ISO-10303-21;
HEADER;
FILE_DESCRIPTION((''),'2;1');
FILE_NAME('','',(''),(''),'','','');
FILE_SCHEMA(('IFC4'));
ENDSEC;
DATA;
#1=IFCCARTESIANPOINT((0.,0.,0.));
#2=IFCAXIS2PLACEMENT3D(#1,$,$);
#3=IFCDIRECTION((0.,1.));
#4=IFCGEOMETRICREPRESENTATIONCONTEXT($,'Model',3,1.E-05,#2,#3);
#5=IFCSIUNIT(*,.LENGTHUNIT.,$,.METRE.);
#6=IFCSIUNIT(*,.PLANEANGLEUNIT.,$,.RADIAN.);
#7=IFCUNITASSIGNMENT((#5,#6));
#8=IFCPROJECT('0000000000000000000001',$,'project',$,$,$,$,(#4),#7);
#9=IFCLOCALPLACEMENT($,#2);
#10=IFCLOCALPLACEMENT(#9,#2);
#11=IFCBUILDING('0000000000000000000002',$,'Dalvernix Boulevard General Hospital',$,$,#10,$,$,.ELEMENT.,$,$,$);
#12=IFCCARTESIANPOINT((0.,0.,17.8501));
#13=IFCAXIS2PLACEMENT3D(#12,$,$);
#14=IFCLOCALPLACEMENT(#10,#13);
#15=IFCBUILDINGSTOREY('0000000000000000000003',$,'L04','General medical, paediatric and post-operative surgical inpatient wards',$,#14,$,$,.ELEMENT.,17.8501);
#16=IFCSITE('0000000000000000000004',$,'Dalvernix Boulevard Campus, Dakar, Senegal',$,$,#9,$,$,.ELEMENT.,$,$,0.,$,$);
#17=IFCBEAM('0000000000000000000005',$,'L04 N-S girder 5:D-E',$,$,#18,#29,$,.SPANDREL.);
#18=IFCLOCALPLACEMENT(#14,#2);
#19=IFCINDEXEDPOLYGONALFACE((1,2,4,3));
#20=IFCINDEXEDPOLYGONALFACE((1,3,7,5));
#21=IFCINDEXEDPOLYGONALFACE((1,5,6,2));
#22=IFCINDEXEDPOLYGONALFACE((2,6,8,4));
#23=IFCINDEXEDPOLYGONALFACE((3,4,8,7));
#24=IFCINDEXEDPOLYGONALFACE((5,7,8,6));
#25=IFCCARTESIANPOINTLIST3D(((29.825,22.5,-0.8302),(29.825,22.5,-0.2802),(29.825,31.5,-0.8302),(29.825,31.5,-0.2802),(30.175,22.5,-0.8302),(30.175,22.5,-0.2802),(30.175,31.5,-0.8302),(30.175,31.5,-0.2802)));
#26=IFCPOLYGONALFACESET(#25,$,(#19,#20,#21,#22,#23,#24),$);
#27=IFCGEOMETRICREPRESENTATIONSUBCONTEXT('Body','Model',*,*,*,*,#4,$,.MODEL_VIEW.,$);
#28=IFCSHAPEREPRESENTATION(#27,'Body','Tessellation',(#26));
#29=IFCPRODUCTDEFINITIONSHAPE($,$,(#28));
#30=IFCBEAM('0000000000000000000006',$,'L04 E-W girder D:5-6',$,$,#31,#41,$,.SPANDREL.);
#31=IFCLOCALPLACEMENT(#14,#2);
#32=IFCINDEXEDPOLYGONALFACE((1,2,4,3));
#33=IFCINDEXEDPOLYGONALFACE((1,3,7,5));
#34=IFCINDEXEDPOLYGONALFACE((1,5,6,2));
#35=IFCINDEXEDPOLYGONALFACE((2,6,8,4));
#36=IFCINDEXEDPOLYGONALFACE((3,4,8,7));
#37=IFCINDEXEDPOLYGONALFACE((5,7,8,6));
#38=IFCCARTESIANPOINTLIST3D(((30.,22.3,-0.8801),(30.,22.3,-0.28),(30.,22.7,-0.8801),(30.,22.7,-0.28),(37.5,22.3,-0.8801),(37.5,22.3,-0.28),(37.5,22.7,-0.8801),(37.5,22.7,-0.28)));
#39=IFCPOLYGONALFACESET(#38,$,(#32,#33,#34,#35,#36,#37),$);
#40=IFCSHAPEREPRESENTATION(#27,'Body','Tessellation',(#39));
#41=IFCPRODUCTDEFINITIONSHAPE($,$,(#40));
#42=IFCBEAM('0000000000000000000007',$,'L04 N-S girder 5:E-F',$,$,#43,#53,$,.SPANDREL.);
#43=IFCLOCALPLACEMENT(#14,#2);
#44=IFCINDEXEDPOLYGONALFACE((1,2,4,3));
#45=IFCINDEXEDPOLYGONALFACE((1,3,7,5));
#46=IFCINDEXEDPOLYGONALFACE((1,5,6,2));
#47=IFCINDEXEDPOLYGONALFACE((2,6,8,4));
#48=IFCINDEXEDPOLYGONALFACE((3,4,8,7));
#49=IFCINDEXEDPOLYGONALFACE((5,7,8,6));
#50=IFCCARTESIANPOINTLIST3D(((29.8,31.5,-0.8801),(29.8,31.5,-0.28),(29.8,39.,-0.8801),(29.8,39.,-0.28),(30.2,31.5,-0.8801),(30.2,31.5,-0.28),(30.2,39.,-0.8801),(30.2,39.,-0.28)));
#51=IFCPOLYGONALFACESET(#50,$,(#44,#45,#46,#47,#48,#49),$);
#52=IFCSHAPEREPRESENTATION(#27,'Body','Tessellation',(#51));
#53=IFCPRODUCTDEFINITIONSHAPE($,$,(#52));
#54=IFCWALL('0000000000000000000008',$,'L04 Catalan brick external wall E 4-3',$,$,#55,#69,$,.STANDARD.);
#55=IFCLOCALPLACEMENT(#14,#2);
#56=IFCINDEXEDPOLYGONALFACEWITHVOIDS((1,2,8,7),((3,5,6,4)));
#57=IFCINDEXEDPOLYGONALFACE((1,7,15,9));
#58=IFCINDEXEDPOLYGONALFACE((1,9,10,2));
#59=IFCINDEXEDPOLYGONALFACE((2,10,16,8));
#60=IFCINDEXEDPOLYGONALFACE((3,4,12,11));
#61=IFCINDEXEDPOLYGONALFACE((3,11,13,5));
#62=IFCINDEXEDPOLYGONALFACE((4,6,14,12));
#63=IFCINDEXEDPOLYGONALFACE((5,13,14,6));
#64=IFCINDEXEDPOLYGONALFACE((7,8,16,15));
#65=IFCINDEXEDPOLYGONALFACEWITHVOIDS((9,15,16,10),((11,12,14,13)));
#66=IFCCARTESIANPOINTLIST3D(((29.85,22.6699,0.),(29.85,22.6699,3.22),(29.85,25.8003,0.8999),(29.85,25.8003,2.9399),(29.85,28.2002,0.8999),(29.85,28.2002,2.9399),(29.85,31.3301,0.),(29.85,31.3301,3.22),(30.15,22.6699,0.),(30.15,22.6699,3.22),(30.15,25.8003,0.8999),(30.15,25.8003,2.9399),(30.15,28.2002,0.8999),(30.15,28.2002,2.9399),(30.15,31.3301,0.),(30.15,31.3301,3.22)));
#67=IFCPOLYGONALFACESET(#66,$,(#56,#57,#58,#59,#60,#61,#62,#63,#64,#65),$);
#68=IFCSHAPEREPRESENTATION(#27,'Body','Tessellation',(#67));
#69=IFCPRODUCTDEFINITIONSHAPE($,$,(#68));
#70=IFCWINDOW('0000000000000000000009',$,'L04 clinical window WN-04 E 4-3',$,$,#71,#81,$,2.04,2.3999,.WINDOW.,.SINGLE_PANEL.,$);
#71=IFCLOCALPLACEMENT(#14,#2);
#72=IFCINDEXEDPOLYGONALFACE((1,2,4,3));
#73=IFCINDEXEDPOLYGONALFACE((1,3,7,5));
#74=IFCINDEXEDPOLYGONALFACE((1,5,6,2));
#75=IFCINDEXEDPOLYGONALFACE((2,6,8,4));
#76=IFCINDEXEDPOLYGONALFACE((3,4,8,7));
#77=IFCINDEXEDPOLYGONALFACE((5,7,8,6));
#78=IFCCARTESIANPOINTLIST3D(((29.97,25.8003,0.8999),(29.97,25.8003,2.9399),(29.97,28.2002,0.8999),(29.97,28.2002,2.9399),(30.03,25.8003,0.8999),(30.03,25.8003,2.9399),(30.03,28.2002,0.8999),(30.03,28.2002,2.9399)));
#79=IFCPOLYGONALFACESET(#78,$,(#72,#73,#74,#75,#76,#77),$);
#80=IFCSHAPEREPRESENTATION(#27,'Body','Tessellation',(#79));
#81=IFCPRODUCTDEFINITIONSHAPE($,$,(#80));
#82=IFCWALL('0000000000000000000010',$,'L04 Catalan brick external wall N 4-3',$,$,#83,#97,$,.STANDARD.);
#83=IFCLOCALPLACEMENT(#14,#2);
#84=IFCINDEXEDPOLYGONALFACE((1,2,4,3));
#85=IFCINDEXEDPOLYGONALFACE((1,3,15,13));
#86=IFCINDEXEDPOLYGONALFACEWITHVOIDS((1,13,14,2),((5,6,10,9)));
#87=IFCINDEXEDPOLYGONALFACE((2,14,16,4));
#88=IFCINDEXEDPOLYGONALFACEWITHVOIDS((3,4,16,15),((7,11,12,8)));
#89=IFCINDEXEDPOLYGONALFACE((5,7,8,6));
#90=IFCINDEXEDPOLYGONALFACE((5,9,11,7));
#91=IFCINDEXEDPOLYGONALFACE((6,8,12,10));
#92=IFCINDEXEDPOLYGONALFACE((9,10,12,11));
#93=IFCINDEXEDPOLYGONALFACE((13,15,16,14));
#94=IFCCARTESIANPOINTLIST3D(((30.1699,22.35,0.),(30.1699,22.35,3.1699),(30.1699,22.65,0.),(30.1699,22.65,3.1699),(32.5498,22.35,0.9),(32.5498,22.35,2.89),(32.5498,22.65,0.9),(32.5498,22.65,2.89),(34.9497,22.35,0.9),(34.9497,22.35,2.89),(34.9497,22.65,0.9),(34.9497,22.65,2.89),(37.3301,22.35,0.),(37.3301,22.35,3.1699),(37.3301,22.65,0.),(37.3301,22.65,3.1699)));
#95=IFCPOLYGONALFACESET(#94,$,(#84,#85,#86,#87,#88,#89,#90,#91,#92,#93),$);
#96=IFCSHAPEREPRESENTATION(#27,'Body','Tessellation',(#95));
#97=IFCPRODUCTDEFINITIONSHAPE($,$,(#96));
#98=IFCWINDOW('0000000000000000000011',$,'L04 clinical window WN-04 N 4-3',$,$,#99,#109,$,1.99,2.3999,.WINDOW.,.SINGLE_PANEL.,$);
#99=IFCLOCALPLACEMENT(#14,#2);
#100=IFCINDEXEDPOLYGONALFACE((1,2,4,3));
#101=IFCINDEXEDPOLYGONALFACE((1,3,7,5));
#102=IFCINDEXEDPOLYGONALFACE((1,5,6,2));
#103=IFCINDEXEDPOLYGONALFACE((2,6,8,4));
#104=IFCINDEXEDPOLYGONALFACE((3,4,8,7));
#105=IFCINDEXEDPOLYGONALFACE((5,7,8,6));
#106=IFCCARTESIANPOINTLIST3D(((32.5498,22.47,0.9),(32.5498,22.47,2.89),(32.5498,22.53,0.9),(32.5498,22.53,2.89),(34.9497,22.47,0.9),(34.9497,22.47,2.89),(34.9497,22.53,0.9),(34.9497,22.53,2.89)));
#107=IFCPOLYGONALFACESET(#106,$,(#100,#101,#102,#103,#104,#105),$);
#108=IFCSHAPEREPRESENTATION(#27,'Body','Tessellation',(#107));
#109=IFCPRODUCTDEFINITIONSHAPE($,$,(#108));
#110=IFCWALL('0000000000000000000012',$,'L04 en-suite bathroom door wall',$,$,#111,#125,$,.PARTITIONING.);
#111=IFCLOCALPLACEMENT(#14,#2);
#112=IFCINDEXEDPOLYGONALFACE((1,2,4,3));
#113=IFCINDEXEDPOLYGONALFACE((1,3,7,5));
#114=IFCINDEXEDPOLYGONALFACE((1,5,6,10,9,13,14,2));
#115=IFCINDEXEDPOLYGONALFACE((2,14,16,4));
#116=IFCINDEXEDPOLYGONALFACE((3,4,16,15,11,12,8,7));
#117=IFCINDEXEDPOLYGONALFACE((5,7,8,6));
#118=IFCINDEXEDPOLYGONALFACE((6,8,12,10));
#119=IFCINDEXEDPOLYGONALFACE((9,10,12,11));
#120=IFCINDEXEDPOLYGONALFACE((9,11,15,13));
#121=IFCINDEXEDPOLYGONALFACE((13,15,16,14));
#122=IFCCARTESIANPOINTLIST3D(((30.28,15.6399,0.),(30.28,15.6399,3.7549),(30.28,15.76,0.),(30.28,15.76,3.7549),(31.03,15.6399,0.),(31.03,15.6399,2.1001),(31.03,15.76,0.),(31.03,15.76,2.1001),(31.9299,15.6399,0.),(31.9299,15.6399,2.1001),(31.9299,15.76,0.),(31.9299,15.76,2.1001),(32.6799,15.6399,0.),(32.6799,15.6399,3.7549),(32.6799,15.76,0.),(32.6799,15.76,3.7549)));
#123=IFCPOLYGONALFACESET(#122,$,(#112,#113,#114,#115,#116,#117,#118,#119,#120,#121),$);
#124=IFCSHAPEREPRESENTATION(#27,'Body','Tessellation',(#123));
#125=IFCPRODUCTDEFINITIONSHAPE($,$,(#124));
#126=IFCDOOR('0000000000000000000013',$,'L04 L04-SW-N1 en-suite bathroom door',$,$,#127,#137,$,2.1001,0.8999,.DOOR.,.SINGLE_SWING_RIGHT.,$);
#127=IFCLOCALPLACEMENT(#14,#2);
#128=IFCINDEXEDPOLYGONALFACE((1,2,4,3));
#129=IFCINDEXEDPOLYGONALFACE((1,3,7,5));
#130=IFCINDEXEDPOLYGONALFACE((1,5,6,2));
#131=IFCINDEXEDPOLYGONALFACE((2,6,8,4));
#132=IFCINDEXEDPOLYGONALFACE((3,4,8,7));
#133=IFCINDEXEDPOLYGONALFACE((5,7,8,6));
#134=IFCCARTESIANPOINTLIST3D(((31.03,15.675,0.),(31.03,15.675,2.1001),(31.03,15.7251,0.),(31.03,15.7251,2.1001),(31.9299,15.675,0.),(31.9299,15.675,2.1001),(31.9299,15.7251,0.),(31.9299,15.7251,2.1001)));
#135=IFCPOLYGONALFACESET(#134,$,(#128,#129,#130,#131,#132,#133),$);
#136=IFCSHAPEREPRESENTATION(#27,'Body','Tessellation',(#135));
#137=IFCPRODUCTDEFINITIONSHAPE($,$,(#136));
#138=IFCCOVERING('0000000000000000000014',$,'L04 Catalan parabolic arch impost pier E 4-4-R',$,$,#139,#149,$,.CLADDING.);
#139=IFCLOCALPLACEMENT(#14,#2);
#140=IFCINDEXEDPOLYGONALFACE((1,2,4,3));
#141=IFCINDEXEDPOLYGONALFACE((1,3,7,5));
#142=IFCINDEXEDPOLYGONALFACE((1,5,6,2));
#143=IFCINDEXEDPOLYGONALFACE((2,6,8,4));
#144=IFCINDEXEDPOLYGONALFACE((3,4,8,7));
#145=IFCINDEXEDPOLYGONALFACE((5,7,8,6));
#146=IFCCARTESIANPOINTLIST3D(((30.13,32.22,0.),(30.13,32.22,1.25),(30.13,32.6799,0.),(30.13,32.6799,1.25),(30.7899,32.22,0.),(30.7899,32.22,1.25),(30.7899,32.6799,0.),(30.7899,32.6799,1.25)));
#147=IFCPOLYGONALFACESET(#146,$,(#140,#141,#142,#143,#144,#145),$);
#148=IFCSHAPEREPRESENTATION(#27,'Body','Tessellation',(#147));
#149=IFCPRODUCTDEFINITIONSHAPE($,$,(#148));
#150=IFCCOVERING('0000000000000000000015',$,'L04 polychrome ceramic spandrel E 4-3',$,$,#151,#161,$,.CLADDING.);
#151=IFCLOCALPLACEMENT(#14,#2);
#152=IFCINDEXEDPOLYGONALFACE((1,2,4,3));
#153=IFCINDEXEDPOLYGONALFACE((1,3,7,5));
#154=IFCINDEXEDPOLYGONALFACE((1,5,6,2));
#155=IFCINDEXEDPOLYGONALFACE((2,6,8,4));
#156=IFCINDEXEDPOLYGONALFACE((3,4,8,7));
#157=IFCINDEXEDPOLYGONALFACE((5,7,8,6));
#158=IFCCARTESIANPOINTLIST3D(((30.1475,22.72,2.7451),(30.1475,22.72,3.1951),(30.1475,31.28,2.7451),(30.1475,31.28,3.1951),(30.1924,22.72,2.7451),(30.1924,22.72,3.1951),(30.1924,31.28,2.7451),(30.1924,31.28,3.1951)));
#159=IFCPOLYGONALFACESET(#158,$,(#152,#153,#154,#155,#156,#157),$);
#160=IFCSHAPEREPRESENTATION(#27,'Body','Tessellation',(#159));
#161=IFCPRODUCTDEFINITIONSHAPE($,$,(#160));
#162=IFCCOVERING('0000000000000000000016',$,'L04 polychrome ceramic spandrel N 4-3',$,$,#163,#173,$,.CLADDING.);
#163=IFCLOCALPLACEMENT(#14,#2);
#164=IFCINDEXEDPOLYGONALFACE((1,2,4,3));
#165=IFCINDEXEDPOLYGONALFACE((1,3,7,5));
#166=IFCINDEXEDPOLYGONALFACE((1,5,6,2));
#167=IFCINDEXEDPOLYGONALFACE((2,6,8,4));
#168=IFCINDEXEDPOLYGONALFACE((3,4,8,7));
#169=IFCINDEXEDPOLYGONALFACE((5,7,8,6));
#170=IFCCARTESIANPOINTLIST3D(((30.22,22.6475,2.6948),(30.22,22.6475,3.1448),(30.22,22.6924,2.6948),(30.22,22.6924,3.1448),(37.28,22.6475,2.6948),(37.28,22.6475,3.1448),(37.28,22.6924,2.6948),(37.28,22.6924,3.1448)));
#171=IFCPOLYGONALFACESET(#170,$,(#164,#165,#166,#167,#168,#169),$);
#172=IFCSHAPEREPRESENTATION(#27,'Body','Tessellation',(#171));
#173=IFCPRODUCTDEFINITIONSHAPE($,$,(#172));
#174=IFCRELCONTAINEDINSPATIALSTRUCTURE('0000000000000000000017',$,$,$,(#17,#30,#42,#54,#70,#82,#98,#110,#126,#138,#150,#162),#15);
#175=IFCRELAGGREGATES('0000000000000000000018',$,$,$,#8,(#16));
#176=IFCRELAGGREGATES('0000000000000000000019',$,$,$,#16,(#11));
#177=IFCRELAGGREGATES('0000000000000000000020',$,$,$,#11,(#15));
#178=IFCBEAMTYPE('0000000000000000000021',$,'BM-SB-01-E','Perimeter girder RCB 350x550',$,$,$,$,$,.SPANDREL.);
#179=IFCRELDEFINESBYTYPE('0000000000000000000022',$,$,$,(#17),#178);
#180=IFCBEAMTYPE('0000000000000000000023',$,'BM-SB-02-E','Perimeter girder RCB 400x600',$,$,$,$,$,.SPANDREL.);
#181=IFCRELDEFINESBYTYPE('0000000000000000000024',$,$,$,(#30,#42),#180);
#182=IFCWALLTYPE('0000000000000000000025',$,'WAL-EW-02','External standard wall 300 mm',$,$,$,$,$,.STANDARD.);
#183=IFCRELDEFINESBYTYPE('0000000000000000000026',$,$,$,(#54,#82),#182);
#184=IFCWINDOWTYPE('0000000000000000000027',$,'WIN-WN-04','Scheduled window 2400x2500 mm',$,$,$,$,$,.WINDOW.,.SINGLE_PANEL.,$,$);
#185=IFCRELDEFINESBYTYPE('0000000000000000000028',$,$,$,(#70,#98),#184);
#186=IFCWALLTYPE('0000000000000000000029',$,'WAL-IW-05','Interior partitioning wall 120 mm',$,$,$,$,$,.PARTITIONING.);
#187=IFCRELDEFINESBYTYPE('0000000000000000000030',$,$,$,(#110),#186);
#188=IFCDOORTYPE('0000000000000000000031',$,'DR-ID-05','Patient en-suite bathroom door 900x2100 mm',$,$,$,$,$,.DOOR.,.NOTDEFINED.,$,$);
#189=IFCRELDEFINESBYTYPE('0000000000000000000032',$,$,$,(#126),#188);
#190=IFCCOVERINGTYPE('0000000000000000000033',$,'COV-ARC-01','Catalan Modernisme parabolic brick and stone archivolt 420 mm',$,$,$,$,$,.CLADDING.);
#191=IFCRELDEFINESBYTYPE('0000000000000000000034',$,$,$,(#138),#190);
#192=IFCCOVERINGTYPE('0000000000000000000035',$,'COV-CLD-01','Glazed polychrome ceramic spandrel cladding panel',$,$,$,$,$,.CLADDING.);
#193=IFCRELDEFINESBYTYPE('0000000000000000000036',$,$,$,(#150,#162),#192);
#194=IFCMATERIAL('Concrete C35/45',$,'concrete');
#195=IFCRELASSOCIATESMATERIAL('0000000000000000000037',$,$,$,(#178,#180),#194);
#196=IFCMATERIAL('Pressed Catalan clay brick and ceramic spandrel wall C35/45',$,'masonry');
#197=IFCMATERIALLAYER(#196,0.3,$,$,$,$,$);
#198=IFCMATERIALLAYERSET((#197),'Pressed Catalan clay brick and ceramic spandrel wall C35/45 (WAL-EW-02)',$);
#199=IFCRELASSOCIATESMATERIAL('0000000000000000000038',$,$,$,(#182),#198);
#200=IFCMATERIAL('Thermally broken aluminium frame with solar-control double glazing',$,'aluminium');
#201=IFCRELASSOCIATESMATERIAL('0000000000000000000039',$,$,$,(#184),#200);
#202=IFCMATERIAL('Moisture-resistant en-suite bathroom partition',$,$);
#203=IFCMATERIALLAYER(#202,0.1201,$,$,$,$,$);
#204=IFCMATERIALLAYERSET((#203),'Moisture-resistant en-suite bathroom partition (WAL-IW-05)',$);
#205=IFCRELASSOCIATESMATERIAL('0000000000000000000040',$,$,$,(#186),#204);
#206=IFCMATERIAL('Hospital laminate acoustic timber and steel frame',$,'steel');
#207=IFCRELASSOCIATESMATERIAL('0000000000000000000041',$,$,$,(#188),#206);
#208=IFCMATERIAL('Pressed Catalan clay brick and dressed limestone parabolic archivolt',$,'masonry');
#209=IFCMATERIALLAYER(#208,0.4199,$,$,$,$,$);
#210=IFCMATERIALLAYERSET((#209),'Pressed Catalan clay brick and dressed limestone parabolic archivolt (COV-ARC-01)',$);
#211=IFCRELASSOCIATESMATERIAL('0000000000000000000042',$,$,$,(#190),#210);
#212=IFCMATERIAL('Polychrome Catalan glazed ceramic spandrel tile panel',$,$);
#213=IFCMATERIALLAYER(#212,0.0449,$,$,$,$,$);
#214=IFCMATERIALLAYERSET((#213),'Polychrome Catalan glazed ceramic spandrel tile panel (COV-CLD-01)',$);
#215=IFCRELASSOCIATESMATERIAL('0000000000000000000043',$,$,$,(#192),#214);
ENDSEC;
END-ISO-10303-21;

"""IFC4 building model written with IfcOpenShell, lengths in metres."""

from ifc_helpers import new_model, si_unit, direction, frame, frame_2d, origin, origin_2d, place, context, subcontext, project, spatial, rectangle, extrude, material, layer, layer_set, material_profile, profile_set, type_object, element, fill, save


model = new_model("IFC4")

# Units and contexts
model_context = context("Model", 3, precision=1e-05, world=origin(), true_north=direction((0.0, 1.0)))
body_context = subcontext(model_context, "Body", "Model", "MODEL_VIEW")
ifc_project = project(units=[si_unit("LENGTHUNIT", "METRE"), si_unit("PLANEANGLEUNIT", "RADIAN")], contexts=[model_context])

# Site, building, storey
site_placement = place(None, origin())
site = spatial("IfcSite", under=ifc_project, at=site_placement, Name="Dalvernix Boulevard Campus, Dakar, Senegal", CompositionType="ELEMENT", RefElevation=0.0)
building_placement = place(site_placement, origin())
building = spatial("IfcBuilding", under=site, at=building_placement, Name="Dalvernix Boulevard General Hospital", CompositionType="ELEMENT")
storey_placement = place(building_placement, frame((0.0, 0.0, 17.8501)))
storey = spatial("IfcBuildingStorey", under=building, at=storey_placement, Name="L04", Description="General medical, paediatric and post-operative surgical inpatient wards", CompositionType="ELEMENT", Elevation=17.8501)

# Beams
ifc_material_1 = material(Name="Concrete C35/45", Category="concrete")
ifc_material_profile_1 = material_profile(ifc_material_1, rectangle(XDim=0.3501, YDim=0.55, at=origin_2d()), Name="RCB 350x550")
ifc_profile_set_1 = profile_set([ifc_material_profile_1], Name="Concrete C35/45")
beam_type_1 = type_object("IfcBeamType", Name="BM-SB-01-E", Description="Perimeter girder RCB 350x550", PredefinedType="SPANDREL", material=ifc_profile_set_1)
beam_1_placement = place(storey_placement, frame((30.0, 22.5, -0.5552), z_axis=(0.0, 1.0, 0.0), x_axis=(-1.0, 0.0, 0.0)))
element("IfcBeam", 1, at=beam_1_placement, inside=storey, type_object=beam_type_1, Name="L04 N-S girder 5:D-E", PredefinedType="SPANDREL", context=body_context, shape_type="SweptSolid", body=[
    extrude(rectangle(XDim=0.3501, YDim=0.55, at=origin_2d()), origin(), (0.0, 0.0, 1.0), 9.0),
])
ifc_material_profile_2 = material_profile(ifc_material_1, rectangle(XDim=0.3999, YDim=0.6001, at=origin_2d()), Name="RCB 400x600")
ifc_profile_set_2 = profile_set([ifc_material_profile_2], Name="Concrete C35/45")
beam_type_2 = type_object("IfcBeamType", Name="BM-SB-02-E", Description="Perimeter girder RCB 400x600", PredefinedType="SPANDREL", material=ifc_profile_set_2)
for number, where, z_axis, x_axis, name in (
    (2, (30.0, 22.5, -0.5801), (1.0, 0.0, 0.0), (0.0, 1.0, 0.0), "L04 E-W girder D:5-6"),
    (3, (30.0, 31.5, -0.5801), (0.0, 1.0, 0.0), (-1.0, 0.0, 0.0), "L04 N-S girder 5:E-F"),
):
    element("IfcBeam", number, at=place(storey_placement, frame(where, z_axis=z_axis, x_axis=x_axis)), inside=storey, type_object=beam_type_2, Name=name, PredefinedType="SPANDREL", context=body_context, shape_type="SweptSolid", body=[
        extrude(rectangle(XDim=0.3999, YDim=0.6001, at=origin_2d()), origin(), (0.0, 0.0, 1.0), 7.5),
    ])

# Walls, openings, windows
ifc_material_2 = material(Name="Pressed Catalan clay brick and ceramic spandrel wall C35/45", Category="masonry")
ifc_layer_1 = layer(ifc_material_2, 0.3)
ifc_layer_set_1 = layer_set([ifc_layer_1], Name="Pressed Catalan clay brick and ceramic spandrel wall C35/45 (WAL-EW-02)")
wall_type_1 = type_object("IfcWallType", Name="WAL-EW-02", Description="External standard wall 300 mm", PredefinedType="STANDARD", material=ifc_layer_set_1)
wall_1_placement = place(storey_placement, frame((30.0, 31.3301, 0.0), z_axis=(0.0, 0.0, 1.0), x_axis=(0.0, -1.0, 0.0)))
wall_1 = element("IfcWall", 4, at=wall_1_placement, inside=storey, type_object=wall_type_1, Name="L04 Catalan brick external wall E 4-3", PredefinedType="STANDARD", context=body_context, shape_type="SweptSolid", body=[
    extrude(rectangle(XDim=8.6602, YDim=0.3, at=frame_2d((4.3301, 0.0))), origin(), (0.0, 0.0, 1.0), 3.22),
])
opening_1_placement = place(wall_1_placement, frame((3.1299, 0.0, 0.8999)))
opening_1 = element("IfcOpeningElement", 5, at=opening_1_placement, cuts=wall_1, PredefinedType="OPENING", context=body_context, shape_type="SweptSolid", body=[
    extrude(rectangle(XDim=2.3999, YDim=2.04, at=frame_2d((1.2, 1.02))), frame((0.0, 0.1599, 0.0), z_axis=(0.0, -1.0, 0.0), x_axis=(1.0, 0.0, 0.0)), (0.0, 0.0, 1.0), 0.3201),
])
ifc_material_3 = material(Name="Thermally broken aluminium frame with solar-control double glazing", Category="aluminium")
window_type = type_object("IfcWindowType", Name="WIN-WN-04", Description="Scheduled window 2400x2500 mm", PartitioningType="SINGLE_PANEL", PredefinedType="WINDOW", material=ifc_material_3)
window_1_placement = place(opening_1_placement, origin())
window_1 = element("IfcWindow", 6, at=window_1_placement, inside=storey, type_object=window_type, Name="L04 clinical window WN-04 E 4-3", OverallHeight=2.04, OverallWidth=2.3999, PartitioningType="SINGLE_PANEL", PredefinedType="WINDOW", context=body_context, shape_type="SweptSolid", body=[
    extrude(rectangle(XDim=2.3999, YDim=2.04, at=frame_2d((1.2, 1.02))), frame((0.0, 0.03, 0.0), z_axis=(0.0, -1.0, 0.0), x_axis=(1.0, 0.0, 0.0)), (0.0, 0.0, 1.0), 0.0601),
])
fill(opening_1, window_1)
wall_2_placement = place(storey_placement, frame((30.1699, 22.5, 0.0), z_axis=(0.0, 0.0, 1.0), x_axis=(1.0, 0.0, 0.0)))
wall_2 = element("IfcWall", 7, at=wall_2_placement, inside=storey, type_object=wall_type_1, Name="L04 Catalan brick external wall N 4-3", PredefinedType="STANDARD", context=body_context, shape_type="SweptSolid", body=[
    extrude(rectangle(XDim=7.1602, YDim=0.3, at=frame_2d((3.5801, 0.0))), origin(), (0.0, 0.0, 1.0), 3.1699),
])
opening_2_placement = place(wall_2_placement, frame((2.3799, 0.0, 0.8999)))
opening_2 = element("IfcOpeningElement", 8, at=opening_2_placement, cuts=wall_2, PredefinedType="OPENING", context=body_context, shape_type="SweptSolid", body=[
    extrude(rectangle(XDim=2.3999, YDim=1.99, at=frame_2d((1.2, 0.9951))), frame((0.0, 0.1599, 0.0), z_axis=(0.0, -1.0, 0.0), x_axis=(1.0, 0.0, 0.0)), (0.0, 0.0, 1.0), 0.3201),
])
window_2_placement = place(opening_2_placement, origin())
window_2 = element("IfcWindow", 9, at=window_2_placement, inside=storey, type_object=window_type, Name="L04 clinical window WN-04 N 4-3", OverallHeight=1.99, OverallWidth=2.3999, PartitioningType="SINGLE_PANEL", PredefinedType="WINDOW", context=body_context, shape_type="SweptSolid", body=[
    extrude(rectangle(XDim=2.3999, YDim=1.99, at=frame_2d((1.2, 0.9951))), frame((0.0, 0.03, 0.0), z_axis=(0.0, -1.0, 0.0), x_axis=(1.0, 0.0, 0.0)), (0.0, 0.0, 1.0), 0.0601),
])
fill(opening_2, window_2)

# Wall, opening, door
ifc_material_4 = material(Name="Moisture-resistant en-suite bathroom partition")
ifc_layer_2 = layer(ifc_material_4, 0.1201)
ifc_layer_set_2 = layer_set([ifc_layer_2], Name="Moisture-resistant en-suite bathroom partition (WAL-IW-05)")
wall_type_2 = type_object("IfcWallType", Name="WAL-IW-05", Description="Interior partitioning wall 120 mm", PredefinedType="PARTITIONING", material=ifc_layer_set_2)
wall_3_placement = place(storey_placement, frame((32.6799, 15.7, 0.0), z_axis=(0.0, 0.0, 1.0), x_axis=(-1.0, 0.0, 0.0)))
wall_3 = element("IfcWall", 10, at=wall_3_placement, inside=storey, type_object=wall_type_2, Name="L04 en-suite bathroom door wall", PredefinedType="PARTITIONING", context=body_context, shape_type="SweptSolid", body=[
    extrude(rectangle(XDim=2.3999, YDim=0.1201, at=frame_2d((1.2, 0.0))), origin(), (0.0, 0.0, 1.0), 3.7549),
])
opening_3_placement = place(wall_3_placement, frame((0.75, 0.0, 0.0)))
opening_3 = element("IfcOpeningElement", 11, at=opening_3_placement, cuts=wall_3, PredefinedType="OPENING", context=body_context, shape_type="SweptSolid", body=[
    extrude(rectangle(XDim=0.8999, YDim=2.1001, at=frame_2d((0.45, 1.05))), frame((0.0, 0.0701, 0.0), z_axis=(0.0, -1.0, 0.0), x_axis=(1.0, 0.0, 0.0)), (0.0, 0.0, 1.0), 0.1401),
])
ifc_material_5 = material(Name="Hospital laminate acoustic timber and steel frame", Category="steel")
door_type = type_object("IfcDoorType", Name="DR-ID-05", Description="Patient en-suite bathroom door 900x2100 mm", OperationType="NOTDEFINED", PredefinedType="DOOR", material=ifc_material_5)
door_placement = place(opening_3_placement, origin())
door = element("IfcDoor", 12, at=door_placement, inside=storey, type_object=door_type, Name="L04 L04-SW-N1 en-suite bathroom door", OperationType="SINGLE_SWING_RIGHT", OverallHeight=2.1001, OverallWidth=0.8999, PredefinedType="DOOR", context=body_context, shape_type="SweptSolid", body=[
    extrude(rectangle(XDim=0.8999, YDim=2.1001, at=frame_2d((0.45, 1.05))), frame((0.0, 0.0249, 0.0), z_axis=(0.0, -1.0, 0.0), x_axis=(1.0, 0.0, 0.0)), (0.0, 0.0, 1.0), 0.05),
])
fill(opening_3, door)

# Coverings
ifc_material_6 = material(Name="Pressed Catalan clay brick and dressed limestone parabolic archivolt", Category="masonry")
ifc_layer_3 = layer(ifc_material_6, 0.4199)
ifc_layer_set_3 = layer_set([ifc_layer_3], Name="Pressed Catalan clay brick and dressed limestone parabolic archivolt (COV-ARC-01)")
covering_type_1 = type_object("IfcCoveringType", Name="COV-ARC-01", Description="Catalan Modernisme parabolic brick and stone archivolt 420 mm", PredefinedType="CLADDING", material=ifc_layer_set_3)
covering_1_placement = place(storey_placement, frame((30.46, 32.45, 0.0), z_axis=(0.0, 0.0, 1.0), x_axis=(0.0, -1.0, 0.0)))
element("IfcCovering", 13, at=covering_1_placement, inside=storey, type_object=covering_type_1, Name="L04 Catalan parabolic arch impost pier E 4-4-R", PredefinedType="CLADDING", context=body_context, shape_type="SweptSolid", body=[
    extrude(rectangle(XDim=0.46, YDim=0.6599, at=origin_2d()), origin(), (0.0, 0.0, 1.0), 1.25),
])
ifc_material_7 = material(Name="Polychrome Catalan glazed ceramic spandrel tile panel")
ifc_layer_4 = layer(ifc_material_7, 0.0449)
ifc_layer_set_4 = layer_set([ifc_layer_4], Name="Polychrome Catalan glazed ceramic spandrel tile panel (COV-CLD-01)")
covering_type_2 = type_object("IfcCoveringType", Name="COV-CLD-01", Description="Glazed polychrome ceramic spandrel cladding panel", PredefinedType="CLADDING", material=ifc_layer_set_4)
covering_2_placement = place(storey_placement, frame((30.1699, 27.0, 2.7451), z_axis=(0.0, 0.0, 1.0), x_axis=(0.0, -1.0, 0.0)))
element("IfcCovering", 14, at=covering_2_placement, inside=storey, type_object=covering_type_2, Name="L04 polychrome ceramic spandrel E 4-3", PredefinedType="CLADDING", context=body_context, shape_type="SweptSolid", body=[
    extrude(rectangle(XDim=8.5601, YDim=0.0449, at=origin_2d()), origin(), (0.0, 0.0, 1.0), 0.45),
])
covering_3_placement = place(storey_placement, frame((33.75, 22.6699, 2.6948), z_axis=(0.0, 0.0, 1.0), x_axis=(1.0, 0.0, 0.0)))
element("IfcCovering", 15, at=covering_3_placement, inside=storey, type_object=covering_type_2, Name="L04 polychrome ceramic spandrel N 4-3", PredefinedType="CLADDING", context=body_context, shape_type="SweptSolid", body=[
    extrude(rectangle(XDim=7.0601, YDim=0.0449, at=origin_2d()), origin(), (0.0, 0.0, 1.0), 0.45),
])

save(model, "model.ifc")
